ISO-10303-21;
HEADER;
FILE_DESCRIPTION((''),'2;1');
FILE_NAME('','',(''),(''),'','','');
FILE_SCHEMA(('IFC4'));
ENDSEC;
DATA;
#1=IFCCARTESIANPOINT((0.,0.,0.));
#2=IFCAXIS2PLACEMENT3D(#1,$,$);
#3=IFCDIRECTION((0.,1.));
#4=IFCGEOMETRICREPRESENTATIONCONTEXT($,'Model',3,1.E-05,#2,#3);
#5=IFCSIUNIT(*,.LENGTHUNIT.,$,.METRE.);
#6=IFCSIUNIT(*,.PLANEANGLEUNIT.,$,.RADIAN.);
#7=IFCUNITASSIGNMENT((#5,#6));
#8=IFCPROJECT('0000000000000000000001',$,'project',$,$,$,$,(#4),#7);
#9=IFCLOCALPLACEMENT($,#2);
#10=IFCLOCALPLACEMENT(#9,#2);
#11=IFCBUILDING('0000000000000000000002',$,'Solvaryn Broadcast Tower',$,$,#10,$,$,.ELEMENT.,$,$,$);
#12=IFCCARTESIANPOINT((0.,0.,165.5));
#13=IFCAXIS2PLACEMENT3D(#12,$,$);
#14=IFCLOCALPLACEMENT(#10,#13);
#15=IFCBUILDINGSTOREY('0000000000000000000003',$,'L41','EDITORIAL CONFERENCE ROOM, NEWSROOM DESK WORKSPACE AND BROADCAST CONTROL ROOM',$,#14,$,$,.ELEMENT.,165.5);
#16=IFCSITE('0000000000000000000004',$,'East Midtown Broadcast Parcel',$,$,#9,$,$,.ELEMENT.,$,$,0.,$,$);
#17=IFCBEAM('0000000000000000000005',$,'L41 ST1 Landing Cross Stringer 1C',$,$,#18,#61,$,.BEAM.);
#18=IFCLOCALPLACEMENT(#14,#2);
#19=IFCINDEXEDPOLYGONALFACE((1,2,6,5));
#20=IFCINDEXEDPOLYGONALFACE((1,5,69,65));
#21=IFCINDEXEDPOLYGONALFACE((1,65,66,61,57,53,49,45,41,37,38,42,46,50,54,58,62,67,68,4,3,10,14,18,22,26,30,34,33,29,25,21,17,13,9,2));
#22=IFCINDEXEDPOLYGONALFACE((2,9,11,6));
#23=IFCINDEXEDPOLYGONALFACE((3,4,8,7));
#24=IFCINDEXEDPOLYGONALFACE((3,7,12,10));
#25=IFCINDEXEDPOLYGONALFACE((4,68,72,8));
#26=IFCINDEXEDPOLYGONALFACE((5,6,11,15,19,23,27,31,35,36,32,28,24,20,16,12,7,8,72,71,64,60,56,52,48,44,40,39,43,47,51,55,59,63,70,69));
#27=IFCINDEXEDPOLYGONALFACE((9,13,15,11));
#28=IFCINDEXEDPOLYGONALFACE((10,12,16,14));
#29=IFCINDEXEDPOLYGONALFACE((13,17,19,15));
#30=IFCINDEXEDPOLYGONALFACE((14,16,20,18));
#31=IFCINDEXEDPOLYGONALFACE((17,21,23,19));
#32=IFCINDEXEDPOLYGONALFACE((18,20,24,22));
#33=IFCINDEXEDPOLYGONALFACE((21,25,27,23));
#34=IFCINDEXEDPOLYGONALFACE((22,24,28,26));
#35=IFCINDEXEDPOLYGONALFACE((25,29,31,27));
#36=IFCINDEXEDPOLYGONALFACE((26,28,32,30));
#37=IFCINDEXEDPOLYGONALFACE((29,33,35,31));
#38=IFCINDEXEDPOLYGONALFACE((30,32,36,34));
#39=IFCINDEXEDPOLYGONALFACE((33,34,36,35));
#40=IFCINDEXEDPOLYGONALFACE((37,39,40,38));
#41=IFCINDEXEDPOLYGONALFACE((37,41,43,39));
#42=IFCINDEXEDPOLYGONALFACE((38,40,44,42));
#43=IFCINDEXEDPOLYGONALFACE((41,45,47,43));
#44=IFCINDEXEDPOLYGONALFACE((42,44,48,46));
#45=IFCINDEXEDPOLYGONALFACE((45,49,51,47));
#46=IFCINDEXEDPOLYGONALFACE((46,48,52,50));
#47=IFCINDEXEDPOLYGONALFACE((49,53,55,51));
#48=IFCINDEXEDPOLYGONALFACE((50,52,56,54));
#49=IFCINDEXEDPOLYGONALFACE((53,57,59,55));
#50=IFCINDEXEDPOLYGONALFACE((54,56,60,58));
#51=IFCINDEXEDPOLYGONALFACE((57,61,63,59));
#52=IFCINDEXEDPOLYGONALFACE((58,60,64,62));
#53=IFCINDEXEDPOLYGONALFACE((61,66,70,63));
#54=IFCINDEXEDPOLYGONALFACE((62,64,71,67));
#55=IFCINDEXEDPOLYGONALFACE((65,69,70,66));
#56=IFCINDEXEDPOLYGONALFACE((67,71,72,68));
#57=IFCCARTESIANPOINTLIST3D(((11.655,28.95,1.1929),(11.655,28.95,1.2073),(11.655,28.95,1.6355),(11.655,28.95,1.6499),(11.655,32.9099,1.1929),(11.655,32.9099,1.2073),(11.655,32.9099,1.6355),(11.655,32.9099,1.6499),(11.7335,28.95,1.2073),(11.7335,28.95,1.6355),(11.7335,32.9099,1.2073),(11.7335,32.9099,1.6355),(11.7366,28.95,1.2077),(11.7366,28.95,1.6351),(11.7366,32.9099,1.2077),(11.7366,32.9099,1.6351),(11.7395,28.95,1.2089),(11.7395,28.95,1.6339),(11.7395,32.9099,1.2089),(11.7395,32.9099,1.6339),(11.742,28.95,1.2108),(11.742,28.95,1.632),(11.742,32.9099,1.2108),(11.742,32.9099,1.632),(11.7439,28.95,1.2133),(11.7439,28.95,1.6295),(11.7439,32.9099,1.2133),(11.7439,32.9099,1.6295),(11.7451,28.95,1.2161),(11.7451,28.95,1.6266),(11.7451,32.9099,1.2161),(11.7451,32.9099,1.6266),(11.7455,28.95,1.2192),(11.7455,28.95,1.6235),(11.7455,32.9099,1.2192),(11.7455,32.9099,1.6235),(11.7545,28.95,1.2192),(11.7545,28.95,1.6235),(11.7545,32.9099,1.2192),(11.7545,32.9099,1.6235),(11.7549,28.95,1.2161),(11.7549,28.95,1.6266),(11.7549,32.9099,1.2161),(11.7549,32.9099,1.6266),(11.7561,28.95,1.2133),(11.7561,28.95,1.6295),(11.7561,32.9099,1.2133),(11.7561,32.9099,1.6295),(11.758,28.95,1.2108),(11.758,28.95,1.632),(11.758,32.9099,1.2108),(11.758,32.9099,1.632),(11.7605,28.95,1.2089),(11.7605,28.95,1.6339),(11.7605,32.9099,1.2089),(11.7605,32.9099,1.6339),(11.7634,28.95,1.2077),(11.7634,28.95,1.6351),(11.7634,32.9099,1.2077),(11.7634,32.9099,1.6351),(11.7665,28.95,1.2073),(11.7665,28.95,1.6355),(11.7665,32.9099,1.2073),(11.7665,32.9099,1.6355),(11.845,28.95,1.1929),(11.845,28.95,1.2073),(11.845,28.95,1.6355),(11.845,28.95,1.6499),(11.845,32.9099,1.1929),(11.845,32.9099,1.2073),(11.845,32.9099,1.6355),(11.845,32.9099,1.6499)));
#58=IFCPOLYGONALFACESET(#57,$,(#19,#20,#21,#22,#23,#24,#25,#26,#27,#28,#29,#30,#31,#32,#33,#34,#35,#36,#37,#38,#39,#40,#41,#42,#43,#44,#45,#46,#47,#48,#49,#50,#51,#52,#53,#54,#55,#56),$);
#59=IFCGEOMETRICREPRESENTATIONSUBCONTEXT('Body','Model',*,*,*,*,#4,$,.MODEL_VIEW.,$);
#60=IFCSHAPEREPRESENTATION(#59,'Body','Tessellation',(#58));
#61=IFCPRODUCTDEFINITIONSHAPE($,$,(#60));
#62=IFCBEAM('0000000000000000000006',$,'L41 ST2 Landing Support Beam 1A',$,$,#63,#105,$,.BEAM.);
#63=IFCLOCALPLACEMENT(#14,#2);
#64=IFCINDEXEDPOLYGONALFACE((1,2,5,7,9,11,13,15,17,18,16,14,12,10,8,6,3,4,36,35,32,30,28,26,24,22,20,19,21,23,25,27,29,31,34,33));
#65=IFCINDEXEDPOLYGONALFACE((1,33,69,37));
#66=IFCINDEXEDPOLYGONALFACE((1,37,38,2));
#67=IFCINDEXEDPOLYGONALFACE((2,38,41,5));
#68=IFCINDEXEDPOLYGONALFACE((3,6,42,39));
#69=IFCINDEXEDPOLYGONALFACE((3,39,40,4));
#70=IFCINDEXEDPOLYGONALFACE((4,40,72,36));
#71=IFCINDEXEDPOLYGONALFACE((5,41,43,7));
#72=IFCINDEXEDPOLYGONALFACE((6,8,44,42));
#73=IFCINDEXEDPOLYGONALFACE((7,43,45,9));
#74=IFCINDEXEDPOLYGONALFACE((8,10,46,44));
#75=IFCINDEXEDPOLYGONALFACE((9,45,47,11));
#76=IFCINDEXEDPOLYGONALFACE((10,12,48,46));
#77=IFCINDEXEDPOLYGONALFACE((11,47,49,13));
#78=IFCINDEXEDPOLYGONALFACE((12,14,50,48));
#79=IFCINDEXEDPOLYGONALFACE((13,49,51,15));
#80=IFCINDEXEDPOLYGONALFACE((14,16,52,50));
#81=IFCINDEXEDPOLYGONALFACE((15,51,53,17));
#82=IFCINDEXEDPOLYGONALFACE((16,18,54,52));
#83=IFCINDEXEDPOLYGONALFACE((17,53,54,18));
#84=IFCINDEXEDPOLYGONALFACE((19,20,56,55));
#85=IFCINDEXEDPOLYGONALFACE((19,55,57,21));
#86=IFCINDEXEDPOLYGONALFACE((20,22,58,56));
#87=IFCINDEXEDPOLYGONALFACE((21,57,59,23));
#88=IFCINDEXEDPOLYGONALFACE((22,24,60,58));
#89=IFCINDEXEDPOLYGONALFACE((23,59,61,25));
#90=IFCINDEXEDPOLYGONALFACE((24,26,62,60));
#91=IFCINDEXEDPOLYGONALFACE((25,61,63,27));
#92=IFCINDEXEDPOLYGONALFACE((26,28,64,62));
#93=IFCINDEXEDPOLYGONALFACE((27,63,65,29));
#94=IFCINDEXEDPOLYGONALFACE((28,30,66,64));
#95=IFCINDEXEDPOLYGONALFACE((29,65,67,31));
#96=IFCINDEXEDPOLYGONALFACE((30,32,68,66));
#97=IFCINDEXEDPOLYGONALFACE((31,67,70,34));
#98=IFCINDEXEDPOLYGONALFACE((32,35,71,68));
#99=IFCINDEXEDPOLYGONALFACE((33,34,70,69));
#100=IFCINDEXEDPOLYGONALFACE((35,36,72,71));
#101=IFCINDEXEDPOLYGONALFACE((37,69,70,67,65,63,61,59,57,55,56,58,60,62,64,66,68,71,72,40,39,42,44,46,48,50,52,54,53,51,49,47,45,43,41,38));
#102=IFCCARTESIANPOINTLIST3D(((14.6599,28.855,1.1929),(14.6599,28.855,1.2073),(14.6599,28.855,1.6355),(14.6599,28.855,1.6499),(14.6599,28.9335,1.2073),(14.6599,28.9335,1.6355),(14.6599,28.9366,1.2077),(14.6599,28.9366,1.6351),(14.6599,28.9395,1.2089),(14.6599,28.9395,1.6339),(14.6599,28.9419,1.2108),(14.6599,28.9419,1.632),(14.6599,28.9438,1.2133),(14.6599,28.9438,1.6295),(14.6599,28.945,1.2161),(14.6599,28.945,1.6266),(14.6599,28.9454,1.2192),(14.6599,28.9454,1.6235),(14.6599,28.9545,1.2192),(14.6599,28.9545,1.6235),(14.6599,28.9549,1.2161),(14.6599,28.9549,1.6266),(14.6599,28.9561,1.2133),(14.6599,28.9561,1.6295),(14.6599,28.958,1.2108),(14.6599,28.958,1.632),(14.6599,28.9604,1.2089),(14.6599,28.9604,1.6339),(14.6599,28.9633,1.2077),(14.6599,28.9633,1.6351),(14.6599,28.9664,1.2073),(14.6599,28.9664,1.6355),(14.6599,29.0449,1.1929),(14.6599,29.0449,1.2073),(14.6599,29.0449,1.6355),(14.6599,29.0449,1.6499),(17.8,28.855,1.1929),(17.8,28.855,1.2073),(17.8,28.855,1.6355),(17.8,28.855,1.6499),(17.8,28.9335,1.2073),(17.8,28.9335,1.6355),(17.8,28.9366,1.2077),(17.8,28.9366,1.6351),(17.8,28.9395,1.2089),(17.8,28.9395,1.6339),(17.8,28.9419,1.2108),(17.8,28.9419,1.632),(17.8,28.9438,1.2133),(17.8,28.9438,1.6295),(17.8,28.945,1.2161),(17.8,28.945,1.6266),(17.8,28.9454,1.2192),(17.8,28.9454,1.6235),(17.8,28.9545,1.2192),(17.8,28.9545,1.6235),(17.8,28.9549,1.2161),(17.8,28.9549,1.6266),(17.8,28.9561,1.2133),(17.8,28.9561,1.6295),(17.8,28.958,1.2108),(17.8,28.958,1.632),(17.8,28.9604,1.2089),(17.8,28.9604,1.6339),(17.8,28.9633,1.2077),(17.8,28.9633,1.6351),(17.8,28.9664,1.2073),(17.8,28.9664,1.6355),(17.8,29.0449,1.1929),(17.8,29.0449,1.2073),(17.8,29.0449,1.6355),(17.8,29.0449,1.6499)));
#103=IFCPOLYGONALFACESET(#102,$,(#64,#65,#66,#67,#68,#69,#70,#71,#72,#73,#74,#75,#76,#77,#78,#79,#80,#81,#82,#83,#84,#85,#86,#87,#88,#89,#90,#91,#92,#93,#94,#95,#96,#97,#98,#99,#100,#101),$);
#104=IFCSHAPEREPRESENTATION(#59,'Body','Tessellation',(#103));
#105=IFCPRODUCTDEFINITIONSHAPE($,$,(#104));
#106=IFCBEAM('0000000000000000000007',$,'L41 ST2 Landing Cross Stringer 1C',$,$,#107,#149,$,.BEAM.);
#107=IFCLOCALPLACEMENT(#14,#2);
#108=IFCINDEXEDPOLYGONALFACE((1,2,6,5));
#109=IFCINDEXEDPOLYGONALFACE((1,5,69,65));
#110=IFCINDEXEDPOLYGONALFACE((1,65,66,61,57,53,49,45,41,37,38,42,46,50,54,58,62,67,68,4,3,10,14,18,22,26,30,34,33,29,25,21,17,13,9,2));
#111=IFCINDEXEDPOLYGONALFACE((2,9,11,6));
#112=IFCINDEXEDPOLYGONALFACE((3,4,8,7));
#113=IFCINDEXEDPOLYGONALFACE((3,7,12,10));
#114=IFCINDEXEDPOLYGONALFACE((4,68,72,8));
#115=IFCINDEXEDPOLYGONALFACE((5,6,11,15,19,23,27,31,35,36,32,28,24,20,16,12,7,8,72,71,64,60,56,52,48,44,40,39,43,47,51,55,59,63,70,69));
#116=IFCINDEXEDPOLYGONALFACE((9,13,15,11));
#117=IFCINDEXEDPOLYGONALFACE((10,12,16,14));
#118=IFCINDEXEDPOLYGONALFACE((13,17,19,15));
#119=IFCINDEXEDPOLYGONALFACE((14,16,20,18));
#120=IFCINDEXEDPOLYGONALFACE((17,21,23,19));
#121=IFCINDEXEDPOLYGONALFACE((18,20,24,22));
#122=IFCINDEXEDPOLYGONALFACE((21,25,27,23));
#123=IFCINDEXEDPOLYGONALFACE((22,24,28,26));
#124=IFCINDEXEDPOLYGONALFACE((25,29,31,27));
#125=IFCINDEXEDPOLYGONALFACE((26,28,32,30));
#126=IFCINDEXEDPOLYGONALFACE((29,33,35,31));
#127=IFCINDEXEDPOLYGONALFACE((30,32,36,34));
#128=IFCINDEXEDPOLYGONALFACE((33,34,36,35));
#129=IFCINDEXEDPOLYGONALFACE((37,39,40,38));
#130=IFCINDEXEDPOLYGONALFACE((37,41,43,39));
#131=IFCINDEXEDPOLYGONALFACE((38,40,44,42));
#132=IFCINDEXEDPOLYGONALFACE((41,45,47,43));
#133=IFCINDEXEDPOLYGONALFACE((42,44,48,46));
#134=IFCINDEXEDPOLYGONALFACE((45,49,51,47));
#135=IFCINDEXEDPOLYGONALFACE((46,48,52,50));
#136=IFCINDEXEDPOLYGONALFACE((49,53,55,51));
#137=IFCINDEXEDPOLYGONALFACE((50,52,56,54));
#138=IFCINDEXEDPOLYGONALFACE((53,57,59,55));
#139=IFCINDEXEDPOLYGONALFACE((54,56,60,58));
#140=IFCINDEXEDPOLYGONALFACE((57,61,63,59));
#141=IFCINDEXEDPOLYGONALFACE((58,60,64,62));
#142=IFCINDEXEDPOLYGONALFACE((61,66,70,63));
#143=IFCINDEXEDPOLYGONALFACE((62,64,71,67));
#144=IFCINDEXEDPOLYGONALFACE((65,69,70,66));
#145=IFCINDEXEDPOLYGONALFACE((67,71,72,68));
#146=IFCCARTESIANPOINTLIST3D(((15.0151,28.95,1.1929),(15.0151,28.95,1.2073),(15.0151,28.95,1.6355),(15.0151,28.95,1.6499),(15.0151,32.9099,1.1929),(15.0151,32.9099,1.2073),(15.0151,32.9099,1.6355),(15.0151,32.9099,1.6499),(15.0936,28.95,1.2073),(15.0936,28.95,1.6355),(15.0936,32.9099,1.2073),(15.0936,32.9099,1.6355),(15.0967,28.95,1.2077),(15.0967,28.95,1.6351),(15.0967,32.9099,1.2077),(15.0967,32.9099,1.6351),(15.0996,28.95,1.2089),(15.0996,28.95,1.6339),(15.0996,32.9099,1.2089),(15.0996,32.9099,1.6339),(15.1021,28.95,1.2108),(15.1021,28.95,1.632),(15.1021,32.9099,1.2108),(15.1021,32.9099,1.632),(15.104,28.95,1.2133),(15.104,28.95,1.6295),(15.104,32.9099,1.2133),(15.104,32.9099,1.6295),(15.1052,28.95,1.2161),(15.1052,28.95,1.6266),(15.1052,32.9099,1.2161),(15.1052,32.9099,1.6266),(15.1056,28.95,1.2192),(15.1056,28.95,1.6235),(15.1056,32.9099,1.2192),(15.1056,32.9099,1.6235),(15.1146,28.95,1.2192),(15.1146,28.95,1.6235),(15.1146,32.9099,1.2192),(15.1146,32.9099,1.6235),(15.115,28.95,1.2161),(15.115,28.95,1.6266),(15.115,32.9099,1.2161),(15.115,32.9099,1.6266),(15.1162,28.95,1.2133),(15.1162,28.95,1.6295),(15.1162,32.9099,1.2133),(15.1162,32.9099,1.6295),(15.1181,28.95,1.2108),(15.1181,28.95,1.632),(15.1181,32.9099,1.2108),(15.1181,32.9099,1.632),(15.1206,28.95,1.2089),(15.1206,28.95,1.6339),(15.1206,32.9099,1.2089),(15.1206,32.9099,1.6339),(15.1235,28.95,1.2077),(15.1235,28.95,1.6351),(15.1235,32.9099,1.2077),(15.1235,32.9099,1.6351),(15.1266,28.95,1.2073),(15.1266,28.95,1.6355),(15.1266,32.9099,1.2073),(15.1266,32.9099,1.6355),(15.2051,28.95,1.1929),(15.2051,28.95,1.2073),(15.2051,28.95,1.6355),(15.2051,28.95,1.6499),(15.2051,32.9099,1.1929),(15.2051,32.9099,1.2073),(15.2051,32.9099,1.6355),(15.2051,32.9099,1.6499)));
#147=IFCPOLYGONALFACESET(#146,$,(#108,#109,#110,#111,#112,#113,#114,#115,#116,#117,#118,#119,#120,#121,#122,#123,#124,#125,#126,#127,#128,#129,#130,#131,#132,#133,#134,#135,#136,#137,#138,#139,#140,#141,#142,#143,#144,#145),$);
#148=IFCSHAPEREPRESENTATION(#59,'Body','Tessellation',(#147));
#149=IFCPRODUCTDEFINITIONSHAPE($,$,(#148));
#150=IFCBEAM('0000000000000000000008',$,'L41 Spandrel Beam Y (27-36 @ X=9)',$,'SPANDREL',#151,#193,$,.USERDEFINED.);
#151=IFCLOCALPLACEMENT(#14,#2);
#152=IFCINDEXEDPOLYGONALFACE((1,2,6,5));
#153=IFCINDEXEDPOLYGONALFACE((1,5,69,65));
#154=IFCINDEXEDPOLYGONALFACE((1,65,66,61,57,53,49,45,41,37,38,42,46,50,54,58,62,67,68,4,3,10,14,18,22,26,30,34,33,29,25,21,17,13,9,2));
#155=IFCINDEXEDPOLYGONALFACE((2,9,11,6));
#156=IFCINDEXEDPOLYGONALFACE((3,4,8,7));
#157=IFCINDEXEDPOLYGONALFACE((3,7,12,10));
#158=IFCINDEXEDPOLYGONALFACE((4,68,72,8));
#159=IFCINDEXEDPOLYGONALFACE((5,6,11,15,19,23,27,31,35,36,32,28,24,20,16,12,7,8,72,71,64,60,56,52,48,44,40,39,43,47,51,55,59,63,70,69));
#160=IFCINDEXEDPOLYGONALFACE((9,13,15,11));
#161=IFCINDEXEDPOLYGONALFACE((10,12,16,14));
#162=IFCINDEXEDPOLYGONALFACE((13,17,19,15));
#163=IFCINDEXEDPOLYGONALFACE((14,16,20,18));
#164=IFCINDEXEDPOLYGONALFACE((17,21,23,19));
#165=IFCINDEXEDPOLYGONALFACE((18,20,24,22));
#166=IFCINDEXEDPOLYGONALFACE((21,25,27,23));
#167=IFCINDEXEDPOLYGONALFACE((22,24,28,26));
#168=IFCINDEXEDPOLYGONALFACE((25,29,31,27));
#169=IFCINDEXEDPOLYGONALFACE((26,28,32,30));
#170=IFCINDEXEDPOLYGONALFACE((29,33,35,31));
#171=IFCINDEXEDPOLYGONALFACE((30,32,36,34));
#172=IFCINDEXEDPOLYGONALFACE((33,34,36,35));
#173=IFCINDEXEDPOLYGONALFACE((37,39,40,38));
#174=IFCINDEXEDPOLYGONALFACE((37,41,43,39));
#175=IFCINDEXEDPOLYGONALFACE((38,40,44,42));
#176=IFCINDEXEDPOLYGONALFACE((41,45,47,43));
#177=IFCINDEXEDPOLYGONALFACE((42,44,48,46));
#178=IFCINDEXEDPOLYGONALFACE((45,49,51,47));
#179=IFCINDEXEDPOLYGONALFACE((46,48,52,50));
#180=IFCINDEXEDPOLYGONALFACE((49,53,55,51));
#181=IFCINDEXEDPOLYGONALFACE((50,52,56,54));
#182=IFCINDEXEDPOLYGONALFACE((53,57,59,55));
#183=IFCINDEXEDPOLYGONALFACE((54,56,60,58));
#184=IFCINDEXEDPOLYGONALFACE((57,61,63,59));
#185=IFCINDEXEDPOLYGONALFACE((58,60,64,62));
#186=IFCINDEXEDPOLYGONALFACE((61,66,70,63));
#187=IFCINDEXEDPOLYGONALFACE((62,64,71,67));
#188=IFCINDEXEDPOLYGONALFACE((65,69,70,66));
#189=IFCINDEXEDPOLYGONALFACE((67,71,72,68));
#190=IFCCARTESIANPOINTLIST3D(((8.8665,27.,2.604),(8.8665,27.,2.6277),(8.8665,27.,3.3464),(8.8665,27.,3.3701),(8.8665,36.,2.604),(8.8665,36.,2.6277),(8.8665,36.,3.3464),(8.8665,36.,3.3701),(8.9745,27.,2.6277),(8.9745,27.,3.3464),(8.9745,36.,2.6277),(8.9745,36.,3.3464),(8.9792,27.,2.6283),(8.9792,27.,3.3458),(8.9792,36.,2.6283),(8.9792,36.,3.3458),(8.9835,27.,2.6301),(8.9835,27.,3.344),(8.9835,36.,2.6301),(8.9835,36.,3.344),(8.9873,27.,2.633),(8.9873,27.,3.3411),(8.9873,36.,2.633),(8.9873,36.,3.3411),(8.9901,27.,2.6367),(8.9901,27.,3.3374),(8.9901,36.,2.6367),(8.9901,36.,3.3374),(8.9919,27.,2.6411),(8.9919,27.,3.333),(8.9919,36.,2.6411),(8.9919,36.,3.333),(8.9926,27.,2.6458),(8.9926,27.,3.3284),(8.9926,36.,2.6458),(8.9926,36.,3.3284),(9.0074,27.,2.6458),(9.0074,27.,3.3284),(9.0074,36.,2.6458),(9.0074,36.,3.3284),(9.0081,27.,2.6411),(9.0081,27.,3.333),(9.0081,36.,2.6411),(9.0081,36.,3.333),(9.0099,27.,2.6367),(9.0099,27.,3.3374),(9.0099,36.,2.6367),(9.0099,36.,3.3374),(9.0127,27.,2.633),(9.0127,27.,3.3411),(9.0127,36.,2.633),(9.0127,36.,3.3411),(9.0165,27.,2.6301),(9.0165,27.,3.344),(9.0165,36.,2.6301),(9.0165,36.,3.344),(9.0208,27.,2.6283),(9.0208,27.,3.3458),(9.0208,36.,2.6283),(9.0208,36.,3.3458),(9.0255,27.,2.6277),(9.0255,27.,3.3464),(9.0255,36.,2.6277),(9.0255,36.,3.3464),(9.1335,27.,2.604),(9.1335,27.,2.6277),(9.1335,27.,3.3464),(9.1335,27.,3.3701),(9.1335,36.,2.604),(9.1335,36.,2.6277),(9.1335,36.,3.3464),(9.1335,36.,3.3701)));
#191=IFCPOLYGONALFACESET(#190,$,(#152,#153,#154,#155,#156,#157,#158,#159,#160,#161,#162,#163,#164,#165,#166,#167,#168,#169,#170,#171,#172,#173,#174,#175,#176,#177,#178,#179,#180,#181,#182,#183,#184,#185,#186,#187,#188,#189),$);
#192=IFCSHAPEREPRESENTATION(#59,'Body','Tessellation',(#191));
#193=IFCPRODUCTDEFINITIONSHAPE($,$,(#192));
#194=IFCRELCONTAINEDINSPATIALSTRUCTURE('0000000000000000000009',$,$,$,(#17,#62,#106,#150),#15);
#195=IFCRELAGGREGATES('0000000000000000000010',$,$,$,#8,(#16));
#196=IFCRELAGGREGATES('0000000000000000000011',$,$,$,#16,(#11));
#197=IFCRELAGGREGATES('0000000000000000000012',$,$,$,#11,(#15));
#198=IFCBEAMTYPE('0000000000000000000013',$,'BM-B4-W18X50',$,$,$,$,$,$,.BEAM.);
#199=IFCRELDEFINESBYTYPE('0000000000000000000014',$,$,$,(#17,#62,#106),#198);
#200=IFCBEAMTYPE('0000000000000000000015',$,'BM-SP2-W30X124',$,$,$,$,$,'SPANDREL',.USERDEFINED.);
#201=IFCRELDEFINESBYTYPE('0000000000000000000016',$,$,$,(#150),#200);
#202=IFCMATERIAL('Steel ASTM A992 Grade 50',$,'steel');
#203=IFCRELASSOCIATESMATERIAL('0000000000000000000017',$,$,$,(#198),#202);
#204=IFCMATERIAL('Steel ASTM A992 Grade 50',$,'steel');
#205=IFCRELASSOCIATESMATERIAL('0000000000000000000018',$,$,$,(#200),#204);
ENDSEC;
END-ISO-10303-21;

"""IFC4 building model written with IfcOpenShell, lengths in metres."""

from ifc_helpers import new_model, si_unit, direction, frame, origin, origin_2d, place, context, subcontext, project, spatial, i_section, extrude, material, material_profile, profile_set, type_object, element, save


model = new_model("IFC4")

# Units and contexts
model_context = context("Model", 3, precision=1e-05, world=origin(), true_north=direction((0.0, 1.0)))
body_context = subcontext(model_context, "Body", "Model", "MODEL_VIEW")
ifc_project = project(units=[si_unit("LENGTHUNIT", "METRE"), si_unit("PLANEANGLEUNIT", "RADIAN")], contexts=[model_context])

# Site, building, storey
site_placement = place(None, origin())
site = spatial("IfcSite", under=ifc_project, at=site_placement, Name="East Midtown Broadcast Parcel", CompositionType="ELEMENT", RefElevation=0.0)
building_placement = place(site_placement, origin())
building = spatial("IfcBuilding", under=site, at=building_placement, Name="Solvaryn Broadcast Tower", CompositionType="ELEMENT")
storey_placement = place(building_placement, frame((0.0, 0.0, 165.5)))
storey = spatial("IfcBuildingStorey", under=building, at=storey_placement, Name="L41", Description="EDITORIAL CONFERENCE ROOM, NEWSROOM DESK WORKSPACE AND BROADCAST CONTROL ROOM", CompositionType="ELEMENT", Elevation=165.5)

# Beams
ifc_material_1 = material(Name="Steel ASTM A992 Grade 50", Category="steel")
ifc_material_profile_1 = material_profile(ifc_material_1, i_section(OverallWidth=0.1899, OverallDepth=0.457, WebThickness=0.009, FlangeThickness=0.0144, FilletRadius=0.012, at=origin_2d()))
ifc_profile_set_1 = profile_set([ifc_material_profile_1], Name="Steel ASTM A992 Grade 50")
beam_type_1 = type_object("IfcBeamType", Name="BM-B4-W18X50", PredefinedType="BEAM", material=ifc_profile_set_1)
beam_1_placement = place(storey_placement, frame((11.75, 28.95, 1.4214), z_axis=(0.0, 1.0, 0.0), x_axis=(-1.0, 0.0, 0.0)))
element("IfcBeam", 1, at=beam_1_placement, inside=storey, type_object=beam_type_1, Name="L41 ST1 Landing Cross Stringer 1C", PredefinedType="BEAM", context=body_context, shape_type="SweptSolid", body=[
    extrude(i_section(OverallWidth=0.1899, OverallDepth=0.457, WebThickness=0.009, FlangeThickness=0.0144, FilletRadius=0.012, at=origin_2d()), origin(), (0.0, 0.0, 1.0), 3.96),
])
beam_2_placement = place(storey_placement, frame((14.6599, 28.95, 1.4214), z_axis=(1.0, 0.0, 0.0), x_axis=(0.0, 1.0, 0.0)))
element("IfcBeam", 2, at=beam_2_placement, inside=storey, type_object=beam_type_1, Name="L41 ST2 Landing Support Beam 1A", PredefinedType="BEAM", context=body_context, shape_type="SweptSolid", body=[
    extrude(i_section(OverallWidth=0.1899, OverallDepth=0.457, WebThickness=0.009, FlangeThickness=0.0144, FilletRadius=0.012, at=origin_2d()), origin(), (0.0, 0.0, 1.0), 3.1401),
])
beam_3_placement = place(storey_placement, frame((15.1101, 28.95, 1.4214), z_axis=(0.0, 1.0, 0.0), x_axis=(-1.0, 0.0, 0.0)))
element("IfcBeam", 3, at=beam_3_placement, inside=storey, type_object=beam_type_1, Name="L41 ST2 Landing Cross Stringer 1C", PredefinedType="BEAM", context=body_context, shape_type="SweptSolid", body=[
    extrude(i_section(OverallWidth=0.1899, OverallDepth=0.457, WebThickness=0.009, FlangeThickness=0.0144, FilletRadius=0.012, at=origin_2d()), origin(), (0.0, 0.0, 1.0), 3.96),
])
ifc_material_2 = material(Name="Steel ASTM A992 Grade 50", Category="steel")
ifc_material_profile_2 = material_profile(ifc_material_2, i_section(OverallWidth=0.2671, OverallDepth=0.7661, WebThickness=0.0149, FlangeThickness=0.0237, FilletRadius=0.0181, at=origin_2d()))
ifc_profile_set_2 = profile_set([ifc_material_profile_2], Name="Steel ASTM A992 Grade 50")
beam_type_2 = type_object("IfcBeamType", Name="BM-SP2-W30X124", ElementType="SPANDREL", PredefinedType="USERDEFINED", material=ifc_profile_set_2)
beam_4_placement = place(storey_placement, frame((9.0, 27.0, 2.9871), z_axis=(0.0, 1.0, 0.0), x_axis=(-1.0, 0.0, 0.0)))
element("IfcBeam", 4, at=beam_4_placement, inside=storey, type_object=beam_type_2, Name="L41 Spandrel Beam Y (27-36 @ X=9)", ObjectType="SPANDREL", PredefinedType="USERDEFINED", context=body_context, shape_type="SweptSolid", body=[
    extrude(i_section(OverallWidth=0.2671, OverallDepth=0.7661, WebThickness=0.0149, FlangeThickness=0.0237, FilletRadius=0.0181, at=origin_2d()), origin(), (0.0, 0.0, 1.0), 9.0),
])

save(model, "model.ifc")
